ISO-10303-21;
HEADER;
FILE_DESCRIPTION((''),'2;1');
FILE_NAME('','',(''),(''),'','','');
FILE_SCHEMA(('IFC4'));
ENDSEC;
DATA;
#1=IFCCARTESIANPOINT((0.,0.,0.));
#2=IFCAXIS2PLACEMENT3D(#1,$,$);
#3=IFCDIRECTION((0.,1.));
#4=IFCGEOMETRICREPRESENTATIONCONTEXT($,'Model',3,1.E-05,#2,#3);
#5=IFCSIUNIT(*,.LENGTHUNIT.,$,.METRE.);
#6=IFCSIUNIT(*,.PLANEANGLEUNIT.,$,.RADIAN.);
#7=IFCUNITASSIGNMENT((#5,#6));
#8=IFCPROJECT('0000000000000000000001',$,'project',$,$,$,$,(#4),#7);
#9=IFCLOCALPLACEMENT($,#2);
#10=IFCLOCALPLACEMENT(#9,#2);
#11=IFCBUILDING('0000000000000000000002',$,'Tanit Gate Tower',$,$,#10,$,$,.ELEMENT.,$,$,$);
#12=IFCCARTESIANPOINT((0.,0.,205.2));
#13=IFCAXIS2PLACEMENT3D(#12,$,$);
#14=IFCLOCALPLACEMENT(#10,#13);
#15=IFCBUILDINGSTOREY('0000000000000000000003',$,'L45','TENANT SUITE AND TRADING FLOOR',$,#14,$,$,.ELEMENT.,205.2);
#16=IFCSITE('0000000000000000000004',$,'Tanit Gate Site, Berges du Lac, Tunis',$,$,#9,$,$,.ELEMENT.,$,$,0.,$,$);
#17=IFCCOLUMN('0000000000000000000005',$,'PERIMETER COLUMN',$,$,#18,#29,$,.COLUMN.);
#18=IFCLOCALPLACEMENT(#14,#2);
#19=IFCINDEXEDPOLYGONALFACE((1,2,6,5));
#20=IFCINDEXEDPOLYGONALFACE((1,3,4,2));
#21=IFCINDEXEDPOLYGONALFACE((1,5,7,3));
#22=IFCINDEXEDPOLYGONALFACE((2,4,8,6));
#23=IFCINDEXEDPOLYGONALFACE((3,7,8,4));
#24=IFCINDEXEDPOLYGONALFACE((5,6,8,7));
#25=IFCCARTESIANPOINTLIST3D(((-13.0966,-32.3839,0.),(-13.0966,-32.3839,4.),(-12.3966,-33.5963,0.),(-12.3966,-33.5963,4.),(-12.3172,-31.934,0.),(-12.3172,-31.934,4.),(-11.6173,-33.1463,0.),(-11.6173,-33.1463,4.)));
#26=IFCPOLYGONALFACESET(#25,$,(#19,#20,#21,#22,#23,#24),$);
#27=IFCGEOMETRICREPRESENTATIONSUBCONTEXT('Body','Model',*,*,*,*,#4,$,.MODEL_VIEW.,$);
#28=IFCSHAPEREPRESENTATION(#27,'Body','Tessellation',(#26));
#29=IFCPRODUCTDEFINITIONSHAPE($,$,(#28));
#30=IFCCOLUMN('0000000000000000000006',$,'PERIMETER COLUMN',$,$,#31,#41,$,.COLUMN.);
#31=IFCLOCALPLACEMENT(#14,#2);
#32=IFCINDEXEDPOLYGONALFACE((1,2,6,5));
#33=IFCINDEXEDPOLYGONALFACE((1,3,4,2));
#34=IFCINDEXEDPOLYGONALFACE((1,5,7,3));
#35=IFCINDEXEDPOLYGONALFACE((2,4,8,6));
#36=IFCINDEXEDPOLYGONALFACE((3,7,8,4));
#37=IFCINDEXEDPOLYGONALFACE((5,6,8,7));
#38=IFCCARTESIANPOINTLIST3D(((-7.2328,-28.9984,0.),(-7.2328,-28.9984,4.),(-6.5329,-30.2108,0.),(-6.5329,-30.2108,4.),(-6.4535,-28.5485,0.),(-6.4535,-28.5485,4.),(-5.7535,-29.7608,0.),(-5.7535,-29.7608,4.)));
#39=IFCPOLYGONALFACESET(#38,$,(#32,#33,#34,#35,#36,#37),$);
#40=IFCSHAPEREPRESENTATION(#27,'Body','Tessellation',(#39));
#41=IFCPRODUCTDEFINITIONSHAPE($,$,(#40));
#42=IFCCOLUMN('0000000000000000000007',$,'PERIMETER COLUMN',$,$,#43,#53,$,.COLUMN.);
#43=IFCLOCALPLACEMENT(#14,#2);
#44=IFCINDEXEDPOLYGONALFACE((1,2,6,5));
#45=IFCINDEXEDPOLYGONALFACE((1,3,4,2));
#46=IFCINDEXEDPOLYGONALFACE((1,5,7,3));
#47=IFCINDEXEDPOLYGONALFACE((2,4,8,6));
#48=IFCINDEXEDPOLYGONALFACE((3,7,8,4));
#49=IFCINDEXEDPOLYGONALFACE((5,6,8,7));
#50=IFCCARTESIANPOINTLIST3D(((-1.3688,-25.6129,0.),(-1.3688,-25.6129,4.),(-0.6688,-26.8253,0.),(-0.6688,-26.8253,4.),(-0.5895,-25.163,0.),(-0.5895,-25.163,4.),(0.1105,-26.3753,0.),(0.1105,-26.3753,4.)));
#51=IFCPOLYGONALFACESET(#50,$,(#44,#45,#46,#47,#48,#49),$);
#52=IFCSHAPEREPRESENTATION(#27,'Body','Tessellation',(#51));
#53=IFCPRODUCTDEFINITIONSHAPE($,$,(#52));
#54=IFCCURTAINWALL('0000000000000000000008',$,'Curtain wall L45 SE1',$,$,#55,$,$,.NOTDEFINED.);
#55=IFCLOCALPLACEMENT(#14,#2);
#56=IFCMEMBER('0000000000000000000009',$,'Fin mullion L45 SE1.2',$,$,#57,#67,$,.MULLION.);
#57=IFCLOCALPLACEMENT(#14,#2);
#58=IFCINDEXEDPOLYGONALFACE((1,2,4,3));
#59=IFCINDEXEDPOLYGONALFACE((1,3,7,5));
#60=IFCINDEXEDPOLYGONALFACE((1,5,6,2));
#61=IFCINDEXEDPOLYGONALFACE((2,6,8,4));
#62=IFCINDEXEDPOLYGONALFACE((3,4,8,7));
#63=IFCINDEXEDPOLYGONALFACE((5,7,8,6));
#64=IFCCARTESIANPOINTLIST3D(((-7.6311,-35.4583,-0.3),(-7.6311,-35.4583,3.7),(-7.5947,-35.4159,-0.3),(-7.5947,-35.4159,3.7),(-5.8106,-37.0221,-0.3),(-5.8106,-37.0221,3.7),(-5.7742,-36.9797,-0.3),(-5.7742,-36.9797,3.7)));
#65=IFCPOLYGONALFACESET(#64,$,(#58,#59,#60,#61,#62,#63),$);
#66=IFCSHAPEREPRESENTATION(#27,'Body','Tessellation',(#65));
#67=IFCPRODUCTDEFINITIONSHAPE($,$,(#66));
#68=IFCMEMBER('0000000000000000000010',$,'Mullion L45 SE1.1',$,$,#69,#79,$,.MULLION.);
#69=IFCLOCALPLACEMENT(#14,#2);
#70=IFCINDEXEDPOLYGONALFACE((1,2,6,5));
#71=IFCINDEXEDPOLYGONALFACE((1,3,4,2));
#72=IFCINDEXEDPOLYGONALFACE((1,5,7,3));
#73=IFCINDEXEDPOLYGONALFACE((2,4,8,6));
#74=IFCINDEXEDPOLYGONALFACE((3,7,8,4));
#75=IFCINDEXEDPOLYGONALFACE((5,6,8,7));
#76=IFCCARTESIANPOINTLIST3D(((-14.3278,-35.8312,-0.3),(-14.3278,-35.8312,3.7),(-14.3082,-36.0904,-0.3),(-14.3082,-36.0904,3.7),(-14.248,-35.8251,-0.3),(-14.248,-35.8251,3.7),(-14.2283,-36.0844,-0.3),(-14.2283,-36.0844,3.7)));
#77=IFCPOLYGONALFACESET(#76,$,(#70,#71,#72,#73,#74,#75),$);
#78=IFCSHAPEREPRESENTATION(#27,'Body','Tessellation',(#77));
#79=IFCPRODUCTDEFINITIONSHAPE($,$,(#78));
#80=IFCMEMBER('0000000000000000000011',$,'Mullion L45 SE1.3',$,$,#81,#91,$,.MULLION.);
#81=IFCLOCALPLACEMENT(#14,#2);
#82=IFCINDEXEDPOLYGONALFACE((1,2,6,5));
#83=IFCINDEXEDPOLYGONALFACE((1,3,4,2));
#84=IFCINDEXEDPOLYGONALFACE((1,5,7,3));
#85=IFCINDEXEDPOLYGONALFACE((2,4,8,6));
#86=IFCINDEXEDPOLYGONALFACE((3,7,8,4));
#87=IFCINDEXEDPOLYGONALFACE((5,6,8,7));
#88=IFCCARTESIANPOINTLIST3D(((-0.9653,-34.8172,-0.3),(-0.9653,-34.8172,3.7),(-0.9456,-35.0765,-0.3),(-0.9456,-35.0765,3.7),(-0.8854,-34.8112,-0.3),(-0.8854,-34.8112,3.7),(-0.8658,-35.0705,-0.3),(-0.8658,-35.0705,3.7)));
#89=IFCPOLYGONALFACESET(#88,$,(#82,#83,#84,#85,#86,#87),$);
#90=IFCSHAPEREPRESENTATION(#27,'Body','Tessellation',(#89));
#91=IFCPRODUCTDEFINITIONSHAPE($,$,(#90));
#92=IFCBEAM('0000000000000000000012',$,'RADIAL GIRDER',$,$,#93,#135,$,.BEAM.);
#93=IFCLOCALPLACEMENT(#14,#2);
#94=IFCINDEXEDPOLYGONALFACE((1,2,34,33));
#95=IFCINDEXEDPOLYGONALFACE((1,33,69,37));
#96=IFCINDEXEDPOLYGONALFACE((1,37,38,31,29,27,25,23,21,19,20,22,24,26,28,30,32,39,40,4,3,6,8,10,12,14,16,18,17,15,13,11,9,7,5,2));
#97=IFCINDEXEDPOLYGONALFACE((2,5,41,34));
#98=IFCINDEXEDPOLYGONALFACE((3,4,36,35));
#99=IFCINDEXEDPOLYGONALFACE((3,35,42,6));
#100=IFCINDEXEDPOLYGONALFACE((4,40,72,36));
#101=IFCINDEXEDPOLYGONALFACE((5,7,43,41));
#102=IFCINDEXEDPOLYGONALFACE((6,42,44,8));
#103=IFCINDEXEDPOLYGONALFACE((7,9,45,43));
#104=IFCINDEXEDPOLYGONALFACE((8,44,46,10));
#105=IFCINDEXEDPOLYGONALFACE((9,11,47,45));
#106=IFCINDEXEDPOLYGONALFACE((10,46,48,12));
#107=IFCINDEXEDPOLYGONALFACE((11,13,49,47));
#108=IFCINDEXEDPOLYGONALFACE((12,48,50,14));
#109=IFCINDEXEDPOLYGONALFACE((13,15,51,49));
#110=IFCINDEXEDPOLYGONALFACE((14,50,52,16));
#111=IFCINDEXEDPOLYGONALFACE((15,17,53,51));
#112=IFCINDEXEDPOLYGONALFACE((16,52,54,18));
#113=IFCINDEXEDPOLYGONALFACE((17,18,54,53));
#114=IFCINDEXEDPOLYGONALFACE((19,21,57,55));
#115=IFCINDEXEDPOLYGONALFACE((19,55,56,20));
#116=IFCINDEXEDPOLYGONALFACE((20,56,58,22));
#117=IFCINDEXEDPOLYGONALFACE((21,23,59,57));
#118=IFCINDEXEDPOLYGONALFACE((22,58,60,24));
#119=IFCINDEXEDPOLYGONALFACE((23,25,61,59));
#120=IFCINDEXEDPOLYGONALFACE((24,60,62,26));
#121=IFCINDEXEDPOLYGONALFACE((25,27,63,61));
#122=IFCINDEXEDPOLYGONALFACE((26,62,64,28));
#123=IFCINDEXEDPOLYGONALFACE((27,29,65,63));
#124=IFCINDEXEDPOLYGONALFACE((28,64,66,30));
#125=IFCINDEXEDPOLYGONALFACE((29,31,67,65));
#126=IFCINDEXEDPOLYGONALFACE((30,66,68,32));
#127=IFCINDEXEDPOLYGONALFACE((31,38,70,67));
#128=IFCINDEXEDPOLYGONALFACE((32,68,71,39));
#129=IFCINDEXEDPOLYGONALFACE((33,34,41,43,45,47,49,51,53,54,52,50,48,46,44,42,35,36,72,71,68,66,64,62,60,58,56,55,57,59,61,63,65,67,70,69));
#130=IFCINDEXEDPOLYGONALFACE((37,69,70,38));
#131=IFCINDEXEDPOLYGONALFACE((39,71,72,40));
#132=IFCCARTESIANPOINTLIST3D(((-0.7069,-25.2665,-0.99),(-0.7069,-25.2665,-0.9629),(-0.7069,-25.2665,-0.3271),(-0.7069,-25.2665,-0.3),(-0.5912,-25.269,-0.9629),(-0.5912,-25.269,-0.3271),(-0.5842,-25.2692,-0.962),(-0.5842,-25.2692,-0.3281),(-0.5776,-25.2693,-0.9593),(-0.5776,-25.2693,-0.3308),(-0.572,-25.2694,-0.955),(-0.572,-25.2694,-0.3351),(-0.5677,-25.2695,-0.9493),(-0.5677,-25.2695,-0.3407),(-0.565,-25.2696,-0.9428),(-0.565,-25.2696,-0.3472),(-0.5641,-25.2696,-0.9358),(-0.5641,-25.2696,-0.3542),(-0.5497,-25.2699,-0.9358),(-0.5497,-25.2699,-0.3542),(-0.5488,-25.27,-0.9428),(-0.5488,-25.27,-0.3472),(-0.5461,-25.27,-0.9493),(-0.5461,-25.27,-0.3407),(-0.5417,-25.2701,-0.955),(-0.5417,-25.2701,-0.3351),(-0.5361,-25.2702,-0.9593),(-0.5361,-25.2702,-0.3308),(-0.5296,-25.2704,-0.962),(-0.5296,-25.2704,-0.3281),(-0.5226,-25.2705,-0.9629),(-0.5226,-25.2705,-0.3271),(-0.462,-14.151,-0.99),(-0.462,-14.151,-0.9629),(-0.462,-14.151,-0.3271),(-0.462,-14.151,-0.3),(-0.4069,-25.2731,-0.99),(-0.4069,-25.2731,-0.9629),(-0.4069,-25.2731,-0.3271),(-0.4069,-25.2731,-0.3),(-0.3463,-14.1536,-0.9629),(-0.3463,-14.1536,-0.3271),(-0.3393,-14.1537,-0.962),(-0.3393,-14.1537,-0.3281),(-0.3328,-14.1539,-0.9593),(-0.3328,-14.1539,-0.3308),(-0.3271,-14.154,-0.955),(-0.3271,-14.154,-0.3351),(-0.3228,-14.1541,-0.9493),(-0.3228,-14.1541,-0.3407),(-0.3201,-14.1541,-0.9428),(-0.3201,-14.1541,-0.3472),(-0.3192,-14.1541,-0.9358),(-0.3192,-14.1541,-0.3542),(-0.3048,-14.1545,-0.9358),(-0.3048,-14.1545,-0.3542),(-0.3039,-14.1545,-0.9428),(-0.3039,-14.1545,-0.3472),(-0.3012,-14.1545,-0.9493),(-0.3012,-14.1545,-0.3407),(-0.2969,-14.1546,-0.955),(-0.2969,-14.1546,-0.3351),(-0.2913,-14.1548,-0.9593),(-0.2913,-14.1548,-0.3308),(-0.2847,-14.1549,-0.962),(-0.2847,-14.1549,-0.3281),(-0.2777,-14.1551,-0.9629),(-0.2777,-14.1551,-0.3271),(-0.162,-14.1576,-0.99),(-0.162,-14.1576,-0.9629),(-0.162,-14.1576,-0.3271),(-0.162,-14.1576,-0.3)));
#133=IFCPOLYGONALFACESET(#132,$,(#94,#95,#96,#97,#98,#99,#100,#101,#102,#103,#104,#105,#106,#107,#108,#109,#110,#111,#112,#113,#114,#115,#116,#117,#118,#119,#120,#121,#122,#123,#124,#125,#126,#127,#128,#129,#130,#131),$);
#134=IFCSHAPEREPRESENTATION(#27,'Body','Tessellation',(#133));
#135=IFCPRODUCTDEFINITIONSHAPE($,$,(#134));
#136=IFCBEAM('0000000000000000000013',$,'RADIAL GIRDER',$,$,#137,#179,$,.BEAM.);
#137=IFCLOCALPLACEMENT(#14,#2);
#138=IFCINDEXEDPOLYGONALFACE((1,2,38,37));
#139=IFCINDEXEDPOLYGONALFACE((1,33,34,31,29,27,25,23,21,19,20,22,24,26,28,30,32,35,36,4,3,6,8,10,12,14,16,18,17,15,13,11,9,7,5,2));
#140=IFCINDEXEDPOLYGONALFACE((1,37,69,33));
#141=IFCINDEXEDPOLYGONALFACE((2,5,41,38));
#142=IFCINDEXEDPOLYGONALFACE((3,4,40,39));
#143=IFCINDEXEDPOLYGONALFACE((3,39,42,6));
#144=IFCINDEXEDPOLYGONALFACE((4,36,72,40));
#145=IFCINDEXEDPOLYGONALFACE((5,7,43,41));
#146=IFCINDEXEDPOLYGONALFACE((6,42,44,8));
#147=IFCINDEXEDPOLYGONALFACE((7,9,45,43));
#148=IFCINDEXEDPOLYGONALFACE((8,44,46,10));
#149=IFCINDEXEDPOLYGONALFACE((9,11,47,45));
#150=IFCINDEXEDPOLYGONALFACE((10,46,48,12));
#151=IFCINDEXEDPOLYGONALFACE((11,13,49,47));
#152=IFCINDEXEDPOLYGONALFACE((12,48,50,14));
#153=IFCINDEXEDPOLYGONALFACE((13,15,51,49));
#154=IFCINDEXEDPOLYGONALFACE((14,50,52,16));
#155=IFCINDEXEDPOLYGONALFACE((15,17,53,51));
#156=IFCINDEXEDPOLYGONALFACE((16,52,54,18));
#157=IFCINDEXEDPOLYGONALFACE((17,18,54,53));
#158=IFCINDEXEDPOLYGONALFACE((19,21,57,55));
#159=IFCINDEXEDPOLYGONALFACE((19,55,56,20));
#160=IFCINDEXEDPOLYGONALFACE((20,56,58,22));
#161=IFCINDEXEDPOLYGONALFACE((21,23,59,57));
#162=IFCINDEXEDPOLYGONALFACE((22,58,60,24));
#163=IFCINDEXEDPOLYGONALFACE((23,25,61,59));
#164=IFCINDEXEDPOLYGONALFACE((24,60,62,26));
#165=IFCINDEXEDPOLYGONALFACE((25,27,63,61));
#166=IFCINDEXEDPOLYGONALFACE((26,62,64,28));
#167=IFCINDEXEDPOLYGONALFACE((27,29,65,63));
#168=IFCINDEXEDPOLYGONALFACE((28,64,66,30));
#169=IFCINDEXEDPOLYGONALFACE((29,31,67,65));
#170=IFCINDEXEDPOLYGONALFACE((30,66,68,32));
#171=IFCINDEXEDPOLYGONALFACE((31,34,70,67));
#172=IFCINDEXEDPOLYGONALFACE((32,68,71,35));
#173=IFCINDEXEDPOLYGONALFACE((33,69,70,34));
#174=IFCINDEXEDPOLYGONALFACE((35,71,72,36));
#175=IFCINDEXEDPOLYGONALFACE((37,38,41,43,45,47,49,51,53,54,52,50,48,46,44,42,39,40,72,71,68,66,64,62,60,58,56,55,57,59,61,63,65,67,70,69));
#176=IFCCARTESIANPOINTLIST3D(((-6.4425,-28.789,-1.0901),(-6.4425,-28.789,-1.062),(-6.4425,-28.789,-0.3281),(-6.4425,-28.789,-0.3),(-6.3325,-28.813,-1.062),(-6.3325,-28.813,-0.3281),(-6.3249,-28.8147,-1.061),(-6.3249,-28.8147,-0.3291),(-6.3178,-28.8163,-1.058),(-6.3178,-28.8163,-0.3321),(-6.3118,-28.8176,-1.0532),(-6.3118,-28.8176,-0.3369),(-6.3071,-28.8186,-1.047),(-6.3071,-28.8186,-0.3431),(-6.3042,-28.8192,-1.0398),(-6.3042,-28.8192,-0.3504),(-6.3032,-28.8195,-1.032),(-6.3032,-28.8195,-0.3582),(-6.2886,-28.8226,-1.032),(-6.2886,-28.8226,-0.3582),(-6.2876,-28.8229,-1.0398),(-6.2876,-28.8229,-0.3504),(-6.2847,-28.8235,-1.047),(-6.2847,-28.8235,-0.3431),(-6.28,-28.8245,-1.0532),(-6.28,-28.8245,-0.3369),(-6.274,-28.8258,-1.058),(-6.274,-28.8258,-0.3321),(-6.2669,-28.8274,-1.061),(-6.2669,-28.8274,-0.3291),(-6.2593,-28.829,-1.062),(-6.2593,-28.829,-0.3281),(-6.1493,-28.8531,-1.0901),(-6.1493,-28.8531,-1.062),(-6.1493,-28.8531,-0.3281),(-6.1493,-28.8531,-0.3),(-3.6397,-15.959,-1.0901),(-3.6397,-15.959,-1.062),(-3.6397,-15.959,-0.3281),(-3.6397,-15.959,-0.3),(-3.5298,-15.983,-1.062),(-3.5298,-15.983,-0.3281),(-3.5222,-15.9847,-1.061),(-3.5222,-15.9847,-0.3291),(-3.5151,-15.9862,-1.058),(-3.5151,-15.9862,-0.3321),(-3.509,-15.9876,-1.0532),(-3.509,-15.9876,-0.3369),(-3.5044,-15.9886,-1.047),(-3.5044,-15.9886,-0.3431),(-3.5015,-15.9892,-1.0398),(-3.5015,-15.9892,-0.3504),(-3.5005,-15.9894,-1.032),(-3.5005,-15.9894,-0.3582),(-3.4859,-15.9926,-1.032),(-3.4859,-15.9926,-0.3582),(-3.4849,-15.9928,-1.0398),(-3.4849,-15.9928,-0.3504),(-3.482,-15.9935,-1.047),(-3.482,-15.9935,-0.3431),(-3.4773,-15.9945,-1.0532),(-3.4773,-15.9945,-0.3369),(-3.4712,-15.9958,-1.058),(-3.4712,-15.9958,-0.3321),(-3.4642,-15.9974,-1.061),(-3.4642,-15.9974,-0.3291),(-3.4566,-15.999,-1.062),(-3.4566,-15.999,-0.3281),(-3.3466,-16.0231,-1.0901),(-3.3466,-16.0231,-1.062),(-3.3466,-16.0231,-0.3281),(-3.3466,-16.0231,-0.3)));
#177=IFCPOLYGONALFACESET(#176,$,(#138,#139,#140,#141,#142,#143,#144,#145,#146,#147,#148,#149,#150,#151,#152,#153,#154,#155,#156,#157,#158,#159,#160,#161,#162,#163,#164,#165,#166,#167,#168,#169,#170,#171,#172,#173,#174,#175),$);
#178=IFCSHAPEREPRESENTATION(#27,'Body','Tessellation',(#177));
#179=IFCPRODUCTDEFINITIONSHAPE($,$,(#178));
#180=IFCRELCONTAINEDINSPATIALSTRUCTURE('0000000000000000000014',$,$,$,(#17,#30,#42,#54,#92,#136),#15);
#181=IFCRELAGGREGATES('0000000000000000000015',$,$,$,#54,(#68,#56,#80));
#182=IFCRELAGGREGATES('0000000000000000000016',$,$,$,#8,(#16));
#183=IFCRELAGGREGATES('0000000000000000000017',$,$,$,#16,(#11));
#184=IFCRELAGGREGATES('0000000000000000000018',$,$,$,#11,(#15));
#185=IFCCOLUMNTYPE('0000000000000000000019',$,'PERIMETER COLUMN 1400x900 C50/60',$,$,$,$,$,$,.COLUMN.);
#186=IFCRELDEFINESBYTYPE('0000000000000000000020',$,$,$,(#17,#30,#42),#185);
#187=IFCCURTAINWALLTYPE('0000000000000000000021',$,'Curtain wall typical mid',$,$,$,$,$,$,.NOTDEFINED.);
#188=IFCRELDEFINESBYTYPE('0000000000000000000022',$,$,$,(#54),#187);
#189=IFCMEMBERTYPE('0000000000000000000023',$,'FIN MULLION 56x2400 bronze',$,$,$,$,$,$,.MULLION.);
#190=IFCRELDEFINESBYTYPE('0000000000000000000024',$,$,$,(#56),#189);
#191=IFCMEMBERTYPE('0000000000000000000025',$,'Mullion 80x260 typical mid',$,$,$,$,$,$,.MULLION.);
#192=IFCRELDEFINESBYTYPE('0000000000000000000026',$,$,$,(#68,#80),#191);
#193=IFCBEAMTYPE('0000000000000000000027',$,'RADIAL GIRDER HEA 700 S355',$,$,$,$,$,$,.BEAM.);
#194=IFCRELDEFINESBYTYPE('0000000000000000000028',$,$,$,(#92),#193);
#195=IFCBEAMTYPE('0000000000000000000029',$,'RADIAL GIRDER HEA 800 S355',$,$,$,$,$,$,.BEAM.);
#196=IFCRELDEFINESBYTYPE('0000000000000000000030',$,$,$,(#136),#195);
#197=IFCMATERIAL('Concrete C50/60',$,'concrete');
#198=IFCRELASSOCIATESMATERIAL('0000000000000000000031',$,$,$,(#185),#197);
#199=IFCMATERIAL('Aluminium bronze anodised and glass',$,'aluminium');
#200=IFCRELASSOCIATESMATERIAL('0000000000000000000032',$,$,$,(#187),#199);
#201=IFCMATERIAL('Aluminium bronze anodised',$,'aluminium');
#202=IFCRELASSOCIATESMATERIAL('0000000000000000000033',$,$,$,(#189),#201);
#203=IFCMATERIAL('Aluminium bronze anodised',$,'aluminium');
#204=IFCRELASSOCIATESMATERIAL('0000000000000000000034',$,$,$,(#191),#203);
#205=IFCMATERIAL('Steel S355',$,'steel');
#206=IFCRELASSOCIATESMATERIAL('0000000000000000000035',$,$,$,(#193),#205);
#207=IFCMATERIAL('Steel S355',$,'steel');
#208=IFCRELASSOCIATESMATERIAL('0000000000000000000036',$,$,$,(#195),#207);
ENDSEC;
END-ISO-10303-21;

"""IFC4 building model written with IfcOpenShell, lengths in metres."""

from ifc_helpers import new_model, si_unit, direction, frame, origin, origin_2d, place, context, subcontext, project, spatial, rectangle, i_section, extrude, material, material_profile, profile_set, type_object, element, aggregate, save


model = new_model("IFC4")

# Units and contexts
model_context = context("Model", 3, precision=1e-05, world=origin(), true_north=direction((0.0, 1.0)))
body_context = subcontext(model_context, "Body", "Model", "MODEL_VIEW")
ifc_project = project(units=[si_unit("LENGTHUNIT", "METRE"), si_unit("PLANEANGLEUNIT", "RADIAN")], contexts=[model_context])

# Site, building, storey
site_placement = place(None, origin())
site = spatial("IfcSite", under=ifc_project, at=site_placement, Name="Tanit Gate Site, Berges du Lac, Tunis", CompositionType="ELEMENT", RefElevation=0.0)
building_placement = place(site_placement, origin())
building = spatial("IfcBuilding", under=site, at=building_placement, Name="Tanit Gate Tower", CompositionType="ELEMENT")
storey_placement = place(building_placement, frame((0.0, 0.0, 205.2)))
storey = spatial("IfcBuildingStorey", under=building, at=storey_placement, Name="L45", Description="TENANT SUITE AND TRADING FLOOR", CompositionType="ELEMENT", Elevation=205.2)

# Columns
ifc_material_1 = material(Name="Concrete C50/60", Category="concrete")
ifc_material_profile_1 = material_profile(ifc_material_1, rectangle(XDim=1.3999, YDim=0.8999, at=origin_2d()), Name="RC 1400x900")
ifc_profile_set_1 = profile_set([ifc_material_profile_1], Name="Concrete C50/60")
column_type = type_object("IfcColumnType", Name="PERIMETER COLUMN 1400x900 C50/60", PredefinedType="COLUMN", material=ifc_profile_set_1)
for number, where, z_axis, x_axis, name in (
    (1, (-12.3569, -32.7651, 0.0), (0.0, 0.0, 1.0), (0.5, -0.866025, 0.0), "PERIMETER COLUMN"),
    (2, (-6.4932, -29.3796, 0.0), (0.0, 0.0, 1.0), (0.5, -0.866025, 0.0), "PERIMETER COLUMN"),
    (3, (-0.6292, -25.9941, 0.0), (0.0, 0.0, 1.0), (0.5, -0.866025, 0.0), "PERIMETER COLUMN"),
):
    element("IfcColumn", number, at=place(storey_placement, frame(where, z_axis=z_axis, x_axis=x_axis)), inside=storey, type_object=column_type, Name=name, PredefinedType="COLUMN", context=body_context, shape_type="SweptSolid", body=[
        extrude(rectangle(XDim=1.3999, YDim=0.8999, at=origin_2d()), origin(), (0.0, 0.0, 1.0), 4.0),
    ])

# Curtain wall, members
ifc_material_2 = material(Name="Aluminium bronze anodised and glass", Category="aluminium")
curtain_wall_type = type_object("IfcCurtainWallType", Name="Curtain wall typical mid", PredefinedType="NOTDEFINED", material=ifc_material_2)
curtain_wall_1_placement = place(storey_placement, origin())
curtain_wall_1 = element("IfcCurtainWall", 4, at=curtain_wall_1_placement, inside=storey, type_object=curtain_wall_type, Name="Curtain wall L45 SE1", PredefinedType="NOTDEFINED")
ifc_material_3 = material(Name="Aluminium bronze anodised", Category="aluminium")
ifc_material_profile_2 = material_profile(ifc_material_3, rectangle(XDim=2.3999, YDim=0.0559, at=origin_2d()), Name="56x2400 bronze fin mullion")
ifc_profile_set_2 = profile_set([ifc_material_profile_2], Name="Aluminium bronze anodised")
member_type_1 = type_object("IfcMemberType", Name="FIN MULLION 56x2400 bronze", PredefinedType="MULLION", material=ifc_profile_set_2)
member_1_placement = place(storey_placement, frame((-6.7026, -36.219, -0.3), z_axis=(0.0, 0.0, 1.0), x_axis=(-0.75857, 0.651592, 0.0)))
member_1 = element("IfcMember", 5, at=member_1_placement, type_object=member_type_1, Name="Fin mullion L45 SE1.2", PredefinedType="MULLION", context=body_context, shape_type="SweptSolid", body=[
    extrude(rectangle(XDim=2.3999, YDim=0.0559, at=origin_2d()), origin(), (0.0, 0.0, 1.0), 4.0),
])
ifc_material_4 = material(Name="Aluminium bronze anodised", Category="aluminium")
ifc_material_profile_3 = material_profile(ifc_material_4, rectangle(XDim=0.26, YDim=0.0801, at=origin_2d()), Name="80x260 bronze mullion")
ifc_profile_set_3 = profile_set([ifc_material_profile_3], Name="Aluminium bronze anodised")
member_type_2 = type_object("IfcMemberType", Name="Mullion 80x260 typical mid", PredefinedType="MULLION", material=ifc_profile_set_3)
member_2_placement = place(storey_placement, frame((-14.2781, -35.9578, -0.3), z_axis=(0.0, 0.0, 1.0), x_axis=(-0.075645, 0.997135, 0.0)))
member_2 = element("IfcMember", 6, at=member_2_placement, type_object=member_type_2, Name="Mullion L45 SE1.1", PredefinedType="MULLION", context=body_context, shape_type="SweptSolid", body=[
    extrude(rectangle(XDim=0.26, YDim=0.0801, at=origin_2d()), origin(), (0.0, 0.0, 1.0), 4.0),
])
member_3_placement = place(storey_placement, frame((-0.9155, -34.9438, -0.3), z_axis=(0.0, 0.0, 1.0), x_axis=(-0.075645, 0.997135, 0.0)))
member_3 = element("IfcMember", 7, at=member_3_placement, type_object=member_type_2, Name="Mullion L45 SE1.3", PredefinedType="MULLION", context=body_context, shape_type="SweptSolid", body=[
    extrude(rectangle(XDim=0.26, YDim=0.0801, at=origin_2d()), origin(), (0.0, 0.0, 1.0), 4.0),
])

# Beams
ifc_material_5 = material(Name="Steel S355", Category="steel")
ifc_material_profile_4 = material_profile(ifc_material_5, i_section(OverallWidth=0.3, OverallDepth=0.6899, WebThickness=0.0144, FlangeThickness=0.0271, FilletRadius=0.0271, at=origin_2d()), Name="HEA 700")
ifc_profile_set_4 = profile_set([ifc_material_profile_4], Name="Steel S355")
beam_type_1 = type_object("IfcBeamType", Name="RADIAL GIRDER HEA 700 S355", PredefinedType="BEAM", material=ifc_profile_set_4)
beam_1_placement = place(storey_placement, frame((-0.5569, -25.2698, -0.645), z_axis=(0.022025, 0.999757, 0.0), x_axis=(-0.999757, 0.022025, 0.0)))
element("IfcBeam", 8, at=beam_1_placement, inside=storey, type_object=beam_type_1, Name="RADIAL GIRDER", PredefinedType="BEAM", context=body_context, shape_type="SweptSolid", body=[
    extrude(i_section(OverallWidth=0.3, OverallDepth=0.6899, WebThickness=0.0144, FlangeThickness=0.0271, FilletRadius=0.0271, at=origin_2d()), origin(), (0.0, 0.0, 1.0), 11.1182),
])
ifc_material_6 = material(Name="Steel S355", Category="steel")
ifc_material_profile_5 = material_profile(ifc_material_6, i_section(OverallWidth=0.3, OverallDepth=0.79, WebThickness=0.0149, FlangeThickness=0.0281, FilletRadius=0.03, at=origin_2d()), Name="HEA 800")
ifc_profile_set_5 = profile_set([ifc_material_profile_5], Name="Steel S355")
beam_type_2 = type_object("IfcBeamType", Name="RADIAL GIRDER HEA 800 S355", PredefinedType="BEAM", material=ifc_profile_set_5)
beam_2_placement = place(storey_placement, frame((-6.2959, -28.821, -0.6951), z_axis=(0.213417, 0.976961, 0.0), x_axis=(-0.976961, 0.213417, 0.0)))
element("IfcBeam", 9, at=beam_2_placement, inside=storey, type_object=beam_type_2, Name="RADIAL GIRDER", PredefinedType="BEAM", context=body_context, shape_type="SweptSolid", body=[
    extrude(i_section(OverallWidth=0.3, OverallDepth=0.79, WebThickness=0.0149, FlangeThickness=0.0281, FilletRadius=0.03, at=origin_2d()), origin(), (0.0, 0.0, 1.0), 13.1326),
])

aggregate(curtain_wall_1, [member_2, member_1, member_3])

save(model, "model.ifc")
